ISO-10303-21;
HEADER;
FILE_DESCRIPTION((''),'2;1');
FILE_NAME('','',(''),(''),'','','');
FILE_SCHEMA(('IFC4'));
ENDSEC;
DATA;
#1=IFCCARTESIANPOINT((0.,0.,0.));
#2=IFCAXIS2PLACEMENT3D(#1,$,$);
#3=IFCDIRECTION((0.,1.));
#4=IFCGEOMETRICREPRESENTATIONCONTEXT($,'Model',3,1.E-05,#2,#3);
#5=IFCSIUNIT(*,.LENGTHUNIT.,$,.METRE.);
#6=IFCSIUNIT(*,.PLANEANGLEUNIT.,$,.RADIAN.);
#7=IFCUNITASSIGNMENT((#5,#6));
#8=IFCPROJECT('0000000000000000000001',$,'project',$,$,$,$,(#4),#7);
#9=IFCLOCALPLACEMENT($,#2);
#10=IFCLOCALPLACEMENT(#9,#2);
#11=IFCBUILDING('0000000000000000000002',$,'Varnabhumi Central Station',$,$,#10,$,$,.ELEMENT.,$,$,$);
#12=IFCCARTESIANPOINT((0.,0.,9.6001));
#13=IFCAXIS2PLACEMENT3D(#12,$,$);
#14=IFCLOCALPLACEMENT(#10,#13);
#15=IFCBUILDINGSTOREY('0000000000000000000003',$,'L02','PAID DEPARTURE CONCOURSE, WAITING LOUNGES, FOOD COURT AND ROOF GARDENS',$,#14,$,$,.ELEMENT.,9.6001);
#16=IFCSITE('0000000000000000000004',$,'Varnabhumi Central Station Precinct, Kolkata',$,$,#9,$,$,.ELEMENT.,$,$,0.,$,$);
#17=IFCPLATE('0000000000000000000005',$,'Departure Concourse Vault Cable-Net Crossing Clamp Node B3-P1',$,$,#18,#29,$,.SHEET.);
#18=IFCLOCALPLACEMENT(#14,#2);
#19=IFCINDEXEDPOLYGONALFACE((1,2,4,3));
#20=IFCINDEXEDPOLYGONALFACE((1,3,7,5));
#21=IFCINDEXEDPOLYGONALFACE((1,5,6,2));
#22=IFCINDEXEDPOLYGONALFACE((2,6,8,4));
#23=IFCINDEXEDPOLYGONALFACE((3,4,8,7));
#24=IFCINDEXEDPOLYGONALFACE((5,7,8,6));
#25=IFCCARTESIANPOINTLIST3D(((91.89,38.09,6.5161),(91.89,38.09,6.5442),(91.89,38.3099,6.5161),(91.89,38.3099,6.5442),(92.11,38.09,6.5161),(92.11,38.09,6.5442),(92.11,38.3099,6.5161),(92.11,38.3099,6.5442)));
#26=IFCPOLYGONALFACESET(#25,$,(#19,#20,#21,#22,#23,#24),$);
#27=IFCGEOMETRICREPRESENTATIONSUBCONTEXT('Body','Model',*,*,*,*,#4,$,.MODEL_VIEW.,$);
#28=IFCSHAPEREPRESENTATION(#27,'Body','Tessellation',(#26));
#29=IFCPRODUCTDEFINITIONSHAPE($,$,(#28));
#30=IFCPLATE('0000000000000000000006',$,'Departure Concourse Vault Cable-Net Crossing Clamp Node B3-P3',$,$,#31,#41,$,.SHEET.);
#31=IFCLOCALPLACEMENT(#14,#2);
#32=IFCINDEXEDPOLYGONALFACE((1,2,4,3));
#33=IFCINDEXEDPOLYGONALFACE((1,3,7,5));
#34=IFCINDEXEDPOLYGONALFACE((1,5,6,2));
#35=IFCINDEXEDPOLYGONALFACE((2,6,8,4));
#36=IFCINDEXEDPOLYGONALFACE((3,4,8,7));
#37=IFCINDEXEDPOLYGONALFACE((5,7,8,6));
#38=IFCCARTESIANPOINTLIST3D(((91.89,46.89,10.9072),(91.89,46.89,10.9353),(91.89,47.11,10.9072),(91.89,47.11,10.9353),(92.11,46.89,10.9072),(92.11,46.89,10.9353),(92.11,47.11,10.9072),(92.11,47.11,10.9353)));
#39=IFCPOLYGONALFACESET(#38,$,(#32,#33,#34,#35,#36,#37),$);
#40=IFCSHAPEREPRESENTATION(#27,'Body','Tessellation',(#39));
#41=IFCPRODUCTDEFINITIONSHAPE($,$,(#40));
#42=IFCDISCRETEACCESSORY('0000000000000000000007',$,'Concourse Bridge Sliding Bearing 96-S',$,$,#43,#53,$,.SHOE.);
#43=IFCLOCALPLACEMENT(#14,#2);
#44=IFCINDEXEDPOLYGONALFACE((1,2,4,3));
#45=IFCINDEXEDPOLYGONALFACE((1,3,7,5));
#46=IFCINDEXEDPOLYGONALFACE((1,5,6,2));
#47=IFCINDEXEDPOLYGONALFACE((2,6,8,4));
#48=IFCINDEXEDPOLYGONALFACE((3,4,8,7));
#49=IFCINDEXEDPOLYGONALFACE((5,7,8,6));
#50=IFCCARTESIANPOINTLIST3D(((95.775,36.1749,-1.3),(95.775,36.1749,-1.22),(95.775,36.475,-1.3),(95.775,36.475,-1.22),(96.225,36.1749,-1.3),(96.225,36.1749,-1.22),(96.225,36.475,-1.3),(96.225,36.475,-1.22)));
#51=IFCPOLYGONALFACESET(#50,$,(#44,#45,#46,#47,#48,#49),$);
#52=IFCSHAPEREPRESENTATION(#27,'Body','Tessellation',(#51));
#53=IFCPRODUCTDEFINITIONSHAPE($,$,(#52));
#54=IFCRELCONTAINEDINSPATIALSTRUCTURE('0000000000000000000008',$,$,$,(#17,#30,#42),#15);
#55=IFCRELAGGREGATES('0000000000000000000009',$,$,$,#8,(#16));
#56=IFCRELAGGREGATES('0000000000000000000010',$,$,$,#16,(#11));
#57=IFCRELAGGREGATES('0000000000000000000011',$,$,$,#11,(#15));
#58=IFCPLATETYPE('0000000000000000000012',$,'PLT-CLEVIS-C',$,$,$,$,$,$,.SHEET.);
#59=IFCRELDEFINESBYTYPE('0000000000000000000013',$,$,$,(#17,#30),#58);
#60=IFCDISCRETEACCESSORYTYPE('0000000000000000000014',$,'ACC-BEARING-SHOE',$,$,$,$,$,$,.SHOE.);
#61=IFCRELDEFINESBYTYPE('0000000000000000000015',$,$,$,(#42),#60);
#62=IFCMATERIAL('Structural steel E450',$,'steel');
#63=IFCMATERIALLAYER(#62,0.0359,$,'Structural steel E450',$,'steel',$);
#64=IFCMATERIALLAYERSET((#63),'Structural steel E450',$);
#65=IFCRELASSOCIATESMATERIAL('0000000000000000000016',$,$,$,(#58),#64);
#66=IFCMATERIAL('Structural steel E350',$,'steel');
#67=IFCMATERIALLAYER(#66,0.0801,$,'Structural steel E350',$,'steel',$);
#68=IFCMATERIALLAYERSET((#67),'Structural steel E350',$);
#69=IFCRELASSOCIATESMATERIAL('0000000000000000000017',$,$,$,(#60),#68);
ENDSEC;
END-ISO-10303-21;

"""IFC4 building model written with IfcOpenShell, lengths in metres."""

from ifc_helpers import new_model, si_unit, direction, frame, origin, origin_2d, place, context, subcontext, project, spatial, rectangle, extrude, material, layer, layer_set, type_object, element, save


model = new_model("IFC4")

# Units and contexts
model_context = context("Model", 3, precision=1e-05, world=origin(), true_north=direction((0.0, 1.0)))
body_context = subcontext(model_context, "Body", "Model", "MODEL_VIEW")
ifc_project = project(units=[si_unit("LENGTHUNIT", "METRE"), si_unit("PLANEANGLEUNIT", "RADIAN")], contexts=[model_context])

# Site, building, storey
site_placement = place(None, origin())
site = spatial("IfcSite", under=ifc_project, at=site_placement, Name="Varnabhumi Central Station Precinct, Kolkata", CompositionType="ELEMENT", RefElevation=0.0)
building_placement = place(site_placement, origin())
building = spatial("IfcBuilding", under=site, at=building_placement, Name="Varnabhumi Central Station", CompositionType="ELEMENT")
storey_placement = place(building_placement, frame((0.0, 0.0, 9.6001)))
storey = spatial("IfcBuildingStorey", under=building, at=storey_placement, Name="L02", Description="PAID DEPARTURE CONCOURSE, WAITING LOUNGES, FOOD COURT AND ROOF GARDENS", CompositionType="ELEMENT", Elevation=9.6001)

# Shared definitions
ifc_material_1 = material(Name="Structural steel E350", Category="steel")

# Plates
ifc_material_2 = material(Name="Structural steel E450", Category="steel")
ifc_layer_1 = layer(ifc_material_2, 0.0359, Name="Structural steel E450", Category="steel")
ifc_layer_set_1 = layer_set([ifc_layer_1], Name="Structural steel E450")
plate_type = type_object("IfcPlateType", Name="PLT-CLEVIS-C", PredefinedType="SHEET", material=ifc_layer_set_1)
for number, where, z_axis, x_axis, name in (
    (1, (92.0, 38.2, 6.5161), (0.0, 0.0, 1.0), (1.0, 0.0, 0.0), "Departure Concourse Vault Cable-Net Crossing Clamp Node B3-P1"),
    (2, (92.0, 47.0, 10.9072), (0.0, 0.0, 1.0), (1.0, 0.0, 0.0), "Departure Concourse Vault Cable-Net Crossing Clamp Node B3-P3"),
):
    element("IfcPlate", number, at=place(storey_placement, frame(where, z_axis=z_axis, x_axis=x_axis)), inside=storey, type_object=plate_type, Name=name, PredefinedType="SHEET", context=body_context, shape_type="SweptSolid", body=[
        extrude(rectangle(XDim=0.22, YDim=0.22, at=origin_2d()), origin(), (0.0, 0.0, 1.0), 0.0281),
    ])

# Discrete accessory
ifc_layer_2 = layer(ifc_material_1, 0.0801, Name="Structural steel E350", Category="steel")
ifc_layer_set_2 = layer_set([ifc_layer_2], Name="Structural steel E350")
discrete_accessory_type = type_object("IfcDiscreteAccessoryType", Name="ACC-BEARING-SHOE", PredefinedType="SHOE", material=ifc_layer_set_2)
discrete_accessory_placement = place(storey_placement, frame((96.0, 36.325, -1.3), z_axis=(0.0, 0.0, 1.0), x_axis=(1.0, 0.0, 0.0)))
element("IfcDiscreteAccessory", 3, at=discrete_accessory_placement, inside=storey, type_object=discrete_accessory_type, Name="Concourse Bridge Sliding Bearing 96-S", PredefinedType="SHOE", context=body_context, shape_type="SweptSolid", body=[
    extrude(rectangle(XDim=0.45, YDim=0.3, at=origin_2d()), origin(), (0.0, 0.0, 1.0), 0.0801),
])

save(model, "model.ifc")
